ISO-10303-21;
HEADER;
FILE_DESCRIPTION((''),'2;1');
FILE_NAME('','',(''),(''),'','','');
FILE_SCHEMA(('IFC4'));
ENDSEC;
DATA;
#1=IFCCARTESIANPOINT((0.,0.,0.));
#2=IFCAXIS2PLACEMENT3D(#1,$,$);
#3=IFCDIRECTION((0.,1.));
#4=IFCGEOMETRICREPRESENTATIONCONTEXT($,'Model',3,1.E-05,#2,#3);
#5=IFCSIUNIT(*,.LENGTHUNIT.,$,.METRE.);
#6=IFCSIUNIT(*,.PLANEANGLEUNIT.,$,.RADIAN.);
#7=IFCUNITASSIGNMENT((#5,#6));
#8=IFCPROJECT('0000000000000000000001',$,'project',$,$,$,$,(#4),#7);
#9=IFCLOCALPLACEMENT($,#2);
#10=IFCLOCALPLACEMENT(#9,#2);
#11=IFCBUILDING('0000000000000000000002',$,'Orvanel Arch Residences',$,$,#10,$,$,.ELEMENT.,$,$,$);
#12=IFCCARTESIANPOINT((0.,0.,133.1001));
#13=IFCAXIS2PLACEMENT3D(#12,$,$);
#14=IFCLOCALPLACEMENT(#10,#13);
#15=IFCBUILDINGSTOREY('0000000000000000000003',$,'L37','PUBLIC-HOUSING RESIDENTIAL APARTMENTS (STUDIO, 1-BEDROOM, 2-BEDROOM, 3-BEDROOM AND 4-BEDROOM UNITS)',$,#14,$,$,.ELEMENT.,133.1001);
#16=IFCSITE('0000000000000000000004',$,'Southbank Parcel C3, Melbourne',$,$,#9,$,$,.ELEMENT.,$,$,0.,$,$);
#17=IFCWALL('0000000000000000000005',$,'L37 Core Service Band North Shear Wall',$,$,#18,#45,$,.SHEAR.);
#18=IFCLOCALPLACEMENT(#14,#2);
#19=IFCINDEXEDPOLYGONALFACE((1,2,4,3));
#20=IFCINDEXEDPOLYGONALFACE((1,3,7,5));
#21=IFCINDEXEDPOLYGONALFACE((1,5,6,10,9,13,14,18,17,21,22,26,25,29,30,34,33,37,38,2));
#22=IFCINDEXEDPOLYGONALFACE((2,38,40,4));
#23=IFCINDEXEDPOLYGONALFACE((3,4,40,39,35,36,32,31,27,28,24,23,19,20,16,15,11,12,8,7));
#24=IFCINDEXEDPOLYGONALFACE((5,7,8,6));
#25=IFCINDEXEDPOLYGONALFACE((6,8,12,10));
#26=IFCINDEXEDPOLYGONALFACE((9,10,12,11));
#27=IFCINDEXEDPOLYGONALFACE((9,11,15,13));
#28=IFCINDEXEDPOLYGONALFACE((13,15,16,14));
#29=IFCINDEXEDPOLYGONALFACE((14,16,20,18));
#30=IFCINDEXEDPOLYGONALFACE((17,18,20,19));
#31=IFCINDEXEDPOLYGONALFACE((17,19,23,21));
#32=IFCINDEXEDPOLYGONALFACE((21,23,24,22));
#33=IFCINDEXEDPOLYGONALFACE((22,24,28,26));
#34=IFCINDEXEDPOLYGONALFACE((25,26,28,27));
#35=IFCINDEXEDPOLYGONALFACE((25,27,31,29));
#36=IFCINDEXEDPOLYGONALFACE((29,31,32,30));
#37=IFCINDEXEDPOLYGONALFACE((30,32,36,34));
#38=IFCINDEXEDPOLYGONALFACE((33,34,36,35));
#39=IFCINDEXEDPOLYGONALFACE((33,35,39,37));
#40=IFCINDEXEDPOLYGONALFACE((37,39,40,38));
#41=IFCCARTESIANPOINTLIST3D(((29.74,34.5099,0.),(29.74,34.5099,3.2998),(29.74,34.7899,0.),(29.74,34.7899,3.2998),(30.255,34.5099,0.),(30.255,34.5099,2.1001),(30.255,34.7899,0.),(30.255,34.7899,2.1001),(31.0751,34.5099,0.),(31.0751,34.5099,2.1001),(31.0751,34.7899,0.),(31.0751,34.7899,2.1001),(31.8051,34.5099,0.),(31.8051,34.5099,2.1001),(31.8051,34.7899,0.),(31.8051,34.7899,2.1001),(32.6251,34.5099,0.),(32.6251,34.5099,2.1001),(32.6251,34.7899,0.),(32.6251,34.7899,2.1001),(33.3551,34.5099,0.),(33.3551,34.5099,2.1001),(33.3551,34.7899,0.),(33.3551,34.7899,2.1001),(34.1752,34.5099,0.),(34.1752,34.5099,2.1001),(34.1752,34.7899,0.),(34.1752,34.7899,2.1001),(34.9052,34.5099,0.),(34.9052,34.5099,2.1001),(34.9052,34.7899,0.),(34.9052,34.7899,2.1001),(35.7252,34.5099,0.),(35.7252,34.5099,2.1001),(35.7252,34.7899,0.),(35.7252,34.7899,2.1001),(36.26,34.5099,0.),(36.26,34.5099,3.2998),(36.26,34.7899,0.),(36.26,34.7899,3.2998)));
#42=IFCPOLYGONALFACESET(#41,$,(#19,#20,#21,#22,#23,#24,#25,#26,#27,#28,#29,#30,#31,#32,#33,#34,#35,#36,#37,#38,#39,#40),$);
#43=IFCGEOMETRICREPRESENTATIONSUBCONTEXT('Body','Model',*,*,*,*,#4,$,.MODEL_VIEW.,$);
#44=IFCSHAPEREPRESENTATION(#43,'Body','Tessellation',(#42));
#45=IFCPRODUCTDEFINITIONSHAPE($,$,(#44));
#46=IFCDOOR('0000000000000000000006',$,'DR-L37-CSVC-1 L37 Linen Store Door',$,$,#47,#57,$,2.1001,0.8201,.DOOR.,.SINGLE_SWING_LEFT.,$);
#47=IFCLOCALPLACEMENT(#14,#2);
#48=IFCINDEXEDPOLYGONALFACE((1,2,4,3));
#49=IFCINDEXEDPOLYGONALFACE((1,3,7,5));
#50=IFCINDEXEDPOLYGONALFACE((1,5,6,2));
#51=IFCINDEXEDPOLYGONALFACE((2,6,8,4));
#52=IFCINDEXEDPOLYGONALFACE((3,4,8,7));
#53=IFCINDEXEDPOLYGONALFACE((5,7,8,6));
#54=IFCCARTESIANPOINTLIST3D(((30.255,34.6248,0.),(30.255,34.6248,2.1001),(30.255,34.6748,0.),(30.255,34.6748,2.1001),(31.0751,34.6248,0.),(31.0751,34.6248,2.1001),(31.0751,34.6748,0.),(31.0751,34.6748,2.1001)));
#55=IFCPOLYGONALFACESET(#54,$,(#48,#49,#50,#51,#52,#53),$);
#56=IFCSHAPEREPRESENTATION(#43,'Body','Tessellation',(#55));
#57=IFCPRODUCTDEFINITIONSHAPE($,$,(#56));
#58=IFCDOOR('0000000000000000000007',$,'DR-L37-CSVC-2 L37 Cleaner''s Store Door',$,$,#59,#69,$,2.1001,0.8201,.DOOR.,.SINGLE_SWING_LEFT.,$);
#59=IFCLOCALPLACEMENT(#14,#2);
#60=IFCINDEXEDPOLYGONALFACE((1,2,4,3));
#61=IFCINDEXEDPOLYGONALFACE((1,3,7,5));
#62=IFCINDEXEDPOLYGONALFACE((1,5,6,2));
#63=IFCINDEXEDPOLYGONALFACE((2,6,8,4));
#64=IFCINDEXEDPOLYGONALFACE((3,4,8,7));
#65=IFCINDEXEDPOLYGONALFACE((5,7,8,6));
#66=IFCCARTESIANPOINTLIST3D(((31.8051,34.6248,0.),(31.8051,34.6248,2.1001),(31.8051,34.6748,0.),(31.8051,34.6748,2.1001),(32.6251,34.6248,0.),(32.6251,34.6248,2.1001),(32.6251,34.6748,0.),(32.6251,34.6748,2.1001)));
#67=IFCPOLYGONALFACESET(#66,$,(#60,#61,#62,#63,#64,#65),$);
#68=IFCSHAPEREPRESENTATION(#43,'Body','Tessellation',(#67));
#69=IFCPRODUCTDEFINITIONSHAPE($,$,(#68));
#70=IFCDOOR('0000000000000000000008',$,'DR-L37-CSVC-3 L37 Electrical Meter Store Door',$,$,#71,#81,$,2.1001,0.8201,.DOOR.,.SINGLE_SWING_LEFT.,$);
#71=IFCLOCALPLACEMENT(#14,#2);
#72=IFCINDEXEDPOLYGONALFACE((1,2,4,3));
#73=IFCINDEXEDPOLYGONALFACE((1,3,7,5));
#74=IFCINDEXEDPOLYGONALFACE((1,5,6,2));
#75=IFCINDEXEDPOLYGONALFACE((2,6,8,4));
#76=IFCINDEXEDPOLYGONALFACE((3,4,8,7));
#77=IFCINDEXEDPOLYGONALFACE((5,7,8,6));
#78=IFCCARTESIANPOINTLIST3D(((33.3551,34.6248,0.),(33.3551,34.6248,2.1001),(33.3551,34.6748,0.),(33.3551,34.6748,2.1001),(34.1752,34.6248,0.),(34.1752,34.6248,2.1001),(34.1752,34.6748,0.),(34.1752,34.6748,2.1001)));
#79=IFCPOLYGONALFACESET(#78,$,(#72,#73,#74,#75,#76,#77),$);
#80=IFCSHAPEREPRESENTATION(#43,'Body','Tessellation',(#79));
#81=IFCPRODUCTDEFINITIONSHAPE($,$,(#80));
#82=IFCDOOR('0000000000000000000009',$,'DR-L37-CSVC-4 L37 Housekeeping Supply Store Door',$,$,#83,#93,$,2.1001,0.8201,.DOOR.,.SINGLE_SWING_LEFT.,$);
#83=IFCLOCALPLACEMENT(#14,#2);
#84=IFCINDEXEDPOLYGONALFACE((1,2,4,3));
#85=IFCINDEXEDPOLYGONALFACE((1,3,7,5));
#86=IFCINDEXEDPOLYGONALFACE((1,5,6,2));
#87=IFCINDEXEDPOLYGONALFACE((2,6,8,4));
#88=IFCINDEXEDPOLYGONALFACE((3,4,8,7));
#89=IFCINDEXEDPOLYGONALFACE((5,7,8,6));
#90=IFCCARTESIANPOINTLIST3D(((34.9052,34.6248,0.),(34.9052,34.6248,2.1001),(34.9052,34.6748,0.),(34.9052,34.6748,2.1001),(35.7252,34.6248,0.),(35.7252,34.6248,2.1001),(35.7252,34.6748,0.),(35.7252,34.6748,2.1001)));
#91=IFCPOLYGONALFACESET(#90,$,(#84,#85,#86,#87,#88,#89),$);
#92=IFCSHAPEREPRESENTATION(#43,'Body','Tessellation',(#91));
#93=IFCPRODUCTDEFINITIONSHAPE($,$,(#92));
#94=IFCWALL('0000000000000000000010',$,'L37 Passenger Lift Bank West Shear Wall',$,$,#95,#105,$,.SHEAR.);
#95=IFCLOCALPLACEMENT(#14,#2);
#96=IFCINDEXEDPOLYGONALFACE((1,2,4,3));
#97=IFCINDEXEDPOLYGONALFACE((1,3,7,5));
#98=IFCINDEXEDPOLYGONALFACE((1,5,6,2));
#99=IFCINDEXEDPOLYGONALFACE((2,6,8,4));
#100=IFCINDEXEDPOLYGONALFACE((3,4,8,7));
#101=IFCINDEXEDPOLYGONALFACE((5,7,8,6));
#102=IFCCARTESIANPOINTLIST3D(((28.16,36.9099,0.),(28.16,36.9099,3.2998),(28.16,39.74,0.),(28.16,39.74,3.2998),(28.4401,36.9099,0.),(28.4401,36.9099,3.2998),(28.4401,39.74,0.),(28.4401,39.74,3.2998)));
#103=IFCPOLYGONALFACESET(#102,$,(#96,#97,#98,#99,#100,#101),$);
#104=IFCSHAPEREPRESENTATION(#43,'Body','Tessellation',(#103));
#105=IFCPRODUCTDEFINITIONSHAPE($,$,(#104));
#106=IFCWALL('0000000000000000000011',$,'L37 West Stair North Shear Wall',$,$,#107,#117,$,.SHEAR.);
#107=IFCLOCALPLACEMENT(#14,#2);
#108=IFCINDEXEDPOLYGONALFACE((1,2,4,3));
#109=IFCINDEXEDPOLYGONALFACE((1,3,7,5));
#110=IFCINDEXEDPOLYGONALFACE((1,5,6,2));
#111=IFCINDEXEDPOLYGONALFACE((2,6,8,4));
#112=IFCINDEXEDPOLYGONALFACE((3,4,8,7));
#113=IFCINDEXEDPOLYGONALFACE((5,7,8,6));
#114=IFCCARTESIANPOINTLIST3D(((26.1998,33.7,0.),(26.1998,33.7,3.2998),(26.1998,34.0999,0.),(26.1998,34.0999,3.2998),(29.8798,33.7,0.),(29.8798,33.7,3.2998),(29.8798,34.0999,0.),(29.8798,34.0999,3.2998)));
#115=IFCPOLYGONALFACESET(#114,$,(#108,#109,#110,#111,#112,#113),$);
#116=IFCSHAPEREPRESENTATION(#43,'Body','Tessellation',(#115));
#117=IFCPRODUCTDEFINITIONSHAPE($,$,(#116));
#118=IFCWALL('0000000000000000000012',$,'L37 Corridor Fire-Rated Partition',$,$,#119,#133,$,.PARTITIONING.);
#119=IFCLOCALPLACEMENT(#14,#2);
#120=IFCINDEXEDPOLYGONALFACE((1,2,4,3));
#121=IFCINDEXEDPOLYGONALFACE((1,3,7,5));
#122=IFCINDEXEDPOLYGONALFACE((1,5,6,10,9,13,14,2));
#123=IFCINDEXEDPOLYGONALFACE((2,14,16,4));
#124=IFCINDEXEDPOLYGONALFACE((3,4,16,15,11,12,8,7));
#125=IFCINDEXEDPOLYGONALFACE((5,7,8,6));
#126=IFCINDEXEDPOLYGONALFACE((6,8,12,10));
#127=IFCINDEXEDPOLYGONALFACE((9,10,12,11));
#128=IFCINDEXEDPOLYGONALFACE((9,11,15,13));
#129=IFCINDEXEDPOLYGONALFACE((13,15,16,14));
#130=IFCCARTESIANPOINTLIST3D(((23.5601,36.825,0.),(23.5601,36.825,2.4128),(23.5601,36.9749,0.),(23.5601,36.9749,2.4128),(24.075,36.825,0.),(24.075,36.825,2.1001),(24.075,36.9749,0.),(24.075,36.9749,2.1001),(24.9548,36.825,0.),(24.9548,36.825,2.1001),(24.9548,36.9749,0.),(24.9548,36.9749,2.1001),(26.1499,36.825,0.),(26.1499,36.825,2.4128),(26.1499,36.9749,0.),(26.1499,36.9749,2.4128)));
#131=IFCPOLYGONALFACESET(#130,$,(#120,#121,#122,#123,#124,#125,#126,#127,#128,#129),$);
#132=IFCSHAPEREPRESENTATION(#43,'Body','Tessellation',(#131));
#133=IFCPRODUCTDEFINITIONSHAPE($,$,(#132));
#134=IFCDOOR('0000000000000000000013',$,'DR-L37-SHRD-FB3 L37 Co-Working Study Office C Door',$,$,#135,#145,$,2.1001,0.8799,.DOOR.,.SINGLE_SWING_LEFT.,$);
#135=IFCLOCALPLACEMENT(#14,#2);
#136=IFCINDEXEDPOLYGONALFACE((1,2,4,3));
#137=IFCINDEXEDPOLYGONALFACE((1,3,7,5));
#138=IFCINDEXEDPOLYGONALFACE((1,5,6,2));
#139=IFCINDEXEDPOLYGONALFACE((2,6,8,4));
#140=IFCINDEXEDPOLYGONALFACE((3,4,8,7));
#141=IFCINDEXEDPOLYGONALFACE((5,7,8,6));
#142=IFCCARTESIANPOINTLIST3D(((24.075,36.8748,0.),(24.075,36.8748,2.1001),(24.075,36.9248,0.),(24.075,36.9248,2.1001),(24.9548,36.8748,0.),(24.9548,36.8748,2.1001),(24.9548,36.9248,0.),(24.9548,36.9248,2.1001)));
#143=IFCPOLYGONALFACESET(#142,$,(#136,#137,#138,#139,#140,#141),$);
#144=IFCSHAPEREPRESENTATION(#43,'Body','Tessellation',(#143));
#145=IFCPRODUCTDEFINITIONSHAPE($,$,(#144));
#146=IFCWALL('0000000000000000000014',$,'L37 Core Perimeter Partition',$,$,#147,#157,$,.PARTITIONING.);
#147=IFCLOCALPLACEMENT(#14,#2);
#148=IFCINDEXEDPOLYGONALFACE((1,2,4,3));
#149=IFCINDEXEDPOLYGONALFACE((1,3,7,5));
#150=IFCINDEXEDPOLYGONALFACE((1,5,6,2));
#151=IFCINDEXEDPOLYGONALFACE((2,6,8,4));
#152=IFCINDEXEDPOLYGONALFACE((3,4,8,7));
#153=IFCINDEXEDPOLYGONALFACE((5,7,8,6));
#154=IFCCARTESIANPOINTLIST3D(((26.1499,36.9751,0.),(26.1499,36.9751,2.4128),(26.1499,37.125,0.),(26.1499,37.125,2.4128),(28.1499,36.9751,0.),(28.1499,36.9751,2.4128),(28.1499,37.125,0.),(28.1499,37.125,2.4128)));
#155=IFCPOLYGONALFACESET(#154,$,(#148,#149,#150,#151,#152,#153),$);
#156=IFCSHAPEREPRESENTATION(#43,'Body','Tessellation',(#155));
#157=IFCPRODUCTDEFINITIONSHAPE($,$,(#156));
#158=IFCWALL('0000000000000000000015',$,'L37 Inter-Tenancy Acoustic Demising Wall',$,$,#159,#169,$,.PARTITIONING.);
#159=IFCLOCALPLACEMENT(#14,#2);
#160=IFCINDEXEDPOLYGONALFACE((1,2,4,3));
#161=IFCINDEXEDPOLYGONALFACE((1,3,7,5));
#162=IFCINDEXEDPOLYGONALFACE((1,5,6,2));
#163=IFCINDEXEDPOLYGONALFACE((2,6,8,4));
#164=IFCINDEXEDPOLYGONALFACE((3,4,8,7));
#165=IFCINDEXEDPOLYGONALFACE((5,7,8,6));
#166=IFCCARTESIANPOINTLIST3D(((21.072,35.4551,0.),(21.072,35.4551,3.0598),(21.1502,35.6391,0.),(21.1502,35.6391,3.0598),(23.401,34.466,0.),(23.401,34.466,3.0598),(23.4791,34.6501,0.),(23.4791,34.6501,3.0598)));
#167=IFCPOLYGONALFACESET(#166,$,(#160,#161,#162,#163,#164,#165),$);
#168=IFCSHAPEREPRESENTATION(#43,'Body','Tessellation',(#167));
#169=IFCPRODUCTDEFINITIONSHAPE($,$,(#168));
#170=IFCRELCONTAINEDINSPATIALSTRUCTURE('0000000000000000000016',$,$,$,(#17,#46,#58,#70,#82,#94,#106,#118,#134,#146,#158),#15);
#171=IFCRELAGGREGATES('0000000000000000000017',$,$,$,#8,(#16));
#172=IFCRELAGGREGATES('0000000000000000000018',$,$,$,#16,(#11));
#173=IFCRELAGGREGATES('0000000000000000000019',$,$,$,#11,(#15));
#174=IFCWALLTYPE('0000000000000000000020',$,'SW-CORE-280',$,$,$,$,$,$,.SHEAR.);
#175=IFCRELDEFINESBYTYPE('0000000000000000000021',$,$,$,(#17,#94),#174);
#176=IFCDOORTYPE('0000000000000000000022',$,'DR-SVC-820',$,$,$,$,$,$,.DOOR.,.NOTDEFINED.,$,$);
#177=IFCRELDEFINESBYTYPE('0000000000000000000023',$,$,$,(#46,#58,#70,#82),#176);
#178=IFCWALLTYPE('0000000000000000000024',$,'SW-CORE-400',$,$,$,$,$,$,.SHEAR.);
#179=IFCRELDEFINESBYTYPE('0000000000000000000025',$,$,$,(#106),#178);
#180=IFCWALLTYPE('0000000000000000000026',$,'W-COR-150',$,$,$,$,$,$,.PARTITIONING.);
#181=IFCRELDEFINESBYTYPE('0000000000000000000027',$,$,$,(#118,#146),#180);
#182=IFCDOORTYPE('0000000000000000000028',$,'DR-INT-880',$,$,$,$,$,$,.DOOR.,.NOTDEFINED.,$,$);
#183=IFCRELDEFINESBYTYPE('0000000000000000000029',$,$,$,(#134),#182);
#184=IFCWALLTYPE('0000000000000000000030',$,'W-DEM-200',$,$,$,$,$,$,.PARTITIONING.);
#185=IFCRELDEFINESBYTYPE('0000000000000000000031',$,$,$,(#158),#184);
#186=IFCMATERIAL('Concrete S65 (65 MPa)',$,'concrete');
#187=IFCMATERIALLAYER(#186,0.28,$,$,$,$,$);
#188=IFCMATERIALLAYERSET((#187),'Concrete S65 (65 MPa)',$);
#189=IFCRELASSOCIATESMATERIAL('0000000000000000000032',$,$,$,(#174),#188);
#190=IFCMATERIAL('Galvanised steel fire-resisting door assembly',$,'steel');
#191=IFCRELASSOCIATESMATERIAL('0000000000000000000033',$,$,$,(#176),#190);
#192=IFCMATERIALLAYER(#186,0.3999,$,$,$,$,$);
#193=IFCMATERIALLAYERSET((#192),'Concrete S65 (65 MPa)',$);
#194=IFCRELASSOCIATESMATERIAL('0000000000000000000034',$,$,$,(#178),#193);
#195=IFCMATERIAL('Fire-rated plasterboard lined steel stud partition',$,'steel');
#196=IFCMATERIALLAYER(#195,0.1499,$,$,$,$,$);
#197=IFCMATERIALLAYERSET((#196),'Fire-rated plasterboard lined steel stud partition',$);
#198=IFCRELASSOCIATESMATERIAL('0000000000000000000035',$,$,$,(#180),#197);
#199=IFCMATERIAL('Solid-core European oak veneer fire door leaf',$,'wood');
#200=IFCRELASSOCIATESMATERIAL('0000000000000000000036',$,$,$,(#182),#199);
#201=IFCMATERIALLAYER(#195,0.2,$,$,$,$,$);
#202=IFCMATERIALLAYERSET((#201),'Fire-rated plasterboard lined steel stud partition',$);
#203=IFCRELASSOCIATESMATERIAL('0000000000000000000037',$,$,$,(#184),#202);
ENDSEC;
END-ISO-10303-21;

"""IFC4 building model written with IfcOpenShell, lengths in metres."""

from ifc_helpers import new_model, si_unit, direction, frame, frame_2d, origin, place, context, subcontext, project, spatial, rectangle, extrude, material, layer, layer_set, type_object, element, fill, save


model = new_model("IFC4")

# Units and contexts
model_context = context("Model", 3, precision=1e-05, world=origin(), true_north=direction((0.0, 1.0)))
body_context = subcontext(model_context, "Body", "Model", "MODEL_VIEW")
ifc_project = project(units=[si_unit("LENGTHUNIT", "METRE"), si_unit("PLANEANGLEUNIT", "RADIAN")], contexts=[model_context])

# Site, building, storey
site_placement = place(None, origin())
site = spatial("IfcSite", under=ifc_project, at=site_placement, Name="Southbank Parcel C3, Melbourne", CompositionType="ELEMENT", RefElevation=0.0)
building_placement = place(site_placement, origin())
building = spatial("IfcBuilding", under=site, at=building_placement, Name="Orvanel Arch Residences", CompositionType="ELEMENT")
storey_placement = place(building_placement, frame((0.0, 0.0, 133.1001)))
storey = spatial("IfcBuildingStorey", under=building, at=storey_placement, Name="L37", Description="PUBLIC-HOUSING RESIDENTIAL APARTMENTS (STUDIO, 1-BEDROOM, 2-BEDROOM, 3-BEDROOM AND 4-BEDROOM UNITS)", CompositionType="ELEMENT", Elevation=133.1001)

# Shared definitions
ifc_material_1 = material(Name="Concrete S65 (65 MPa)", Category="concrete")

# Wall, openings, doors
ifc_layer_1 = layer(ifc_material_1, 0.28)
ifc_layer_set_1 = layer_set([ifc_layer_1], Name="Concrete S65 (65 MPa)")
wall_type_1 = type_object("IfcWallType", Name="SW-CORE-280", PredefinedType="SHEAR", material=ifc_layer_set_1)
wall_1_placement = place(storey_placement, frame((29.74, 34.6499, 0.0), z_axis=(0.0, 0.0, 1.0), x_axis=(1.0, 0.0, 0.0)))
wall_1 = element("IfcWall", 1, at=wall_1_placement, inside=storey, type_object=wall_type_1, Name="L37 Core Service Band North Shear Wall", PredefinedType="SHEAR", context=body_context, shape_type="SweptSolid", body=[
    extrude(rectangle(XDim=6.52, YDim=0.28, at=frame_2d((3.26, 0.0))), origin(), (0.0, 0.0, 1.0), 3.2998),
])
opening_1_placement = place(wall_1_placement, frame((0.5149, 0.0, 0.0)))
opening_1 = element("IfcOpeningElement", 2, at=opening_1_placement, cuts=wall_1, PredefinedType="OPENING", context=body_context, shape_type="SweptSolid", body=[
    extrude(rectangle(XDim=0.8201, YDim=2.1001, at=frame_2d((0.4102, 1.05))), frame((0.0, 0.1499, 0.0), z_axis=(0.0, -1.0, 0.0), x_axis=(1.0, 0.0, 0.0)), (0.0, 0.0, 1.0), 0.3),
])
opening_2_placement = place(wall_1_placement, frame((2.0649, 0.0, 0.0)))
opening_2 = element("IfcOpeningElement", 3, at=opening_2_placement, cuts=wall_1, PredefinedType="OPENING", context=body_context, shape_type="SweptSolid", body=[
    extrude(rectangle(XDim=0.8201, YDim=2.1001, at=frame_2d((0.4102, 1.05))), frame((0.0, 0.1499, 0.0), z_axis=(0.0, -1.0, 0.0), x_axis=(1.0, 0.0, 0.0)), (0.0, 0.0, 1.0), 0.3),
])
opening_3_placement = place(wall_1_placement, frame((3.615, 0.0, 0.0)))
opening_3 = element("IfcOpeningElement", 4, at=opening_3_placement, cuts=wall_1, PredefinedType="OPENING", context=body_context, shape_type="SweptSolid", body=[
    extrude(rectangle(XDim=0.8201, YDim=2.1001, at=frame_2d((0.4102, 1.05))), frame((0.0, 0.1499, 0.0), z_axis=(0.0, -1.0, 0.0), x_axis=(1.0, 0.0, 0.0)), (0.0, 0.0, 1.0), 0.3),
])
opening_4_placement = place(wall_1_placement, frame((5.165, 0.0, 0.0)))
opening_4 = element("IfcOpeningElement", 5, at=opening_4_placement, cuts=wall_1, PredefinedType="OPENING", context=body_context, shape_type="SweptSolid", body=[
    extrude(rectangle(XDim=0.8201, YDim=2.1001, at=frame_2d((0.4102, 1.05))), frame((0.0, 0.1499, 0.0), z_axis=(0.0, -1.0, 0.0), x_axis=(1.0, 0.0, 0.0)), (0.0, 0.0, 1.0), 0.3),
])
ifc_material_2 = material(Name="Galvanised steel fire-resisting door assembly", Category="steel")
door_type_1 = type_object("IfcDoorType", Name="DR-SVC-820", OperationType="NOTDEFINED", PredefinedType="DOOR", material=ifc_material_2)
door_1_placement = place(opening_1_placement, origin())
door_1 = element("IfcDoor", 6, at=door_1_placement, inside=storey, type_object=door_type_1, Name="DR-L37-CSVC-1 L37 Linen Store Door", OperationType="SINGLE_SWING_LEFT", OverallHeight=2.1001, OverallWidth=0.8201, PredefinedType="DOOR", context=body_context, shape_type="SweptSolid", body=[
    extrude(rectangle(XDim=0.8201, YDim=2.1001, at=frame_2d((0.4102, 1.05))), frame((0.0, 0.0249, 0.0), z_axis=(0.0, -1.0, 0.0), x_axis=(1.0, 0.0, 0.0)), (0.0, 0.0, 1.0), 0.05),
])
fill(opening_1, door_1)
door_2_placement = place(opening_2_placement, origin())
door_2 = element("IfcDoor", 7, at=door_2_placement, inside=storey, type_object=door_type_1, Name="DR-L37-CSVC-2 L37 Cleaner's Store Door", OperationType="SINGLE_SWING_LEFT", OverallHeight=2.1001, OverallWidth=0.8201, PredefinedType="DOOR", context=body_context, shape_type="SweptSolid", body=[
    extrude(rectangle(XDim=0.8201, YDim=2.1001, at=frame_2d((0.4102, 1.05))), frame((0.0, 0.0249, 0.0), z_axis=(0.0, -1.0, 0.0), x_axis=(1.0, 0.0, 0.0)), (0.0, 0.0, 1.0), 0.05),
])
fill(opening_2, door_2)
door_3_placement = place(opening_3_placement, origin())
door_3 = element("IfcDoor", 8, at=door_3_placement, inside=storey, type_object=door_type_1, Name="DR-L37-CSVC-3 L37 Electrical Meter Store Door", OperationType="SINGLE_SWING_LEFT", OverallHeight=2.1001, OverallWidth=0.8201, PredefinedType="DOOR", context=body_context, shape_type="SweptSolid", body=[
    extrude(rectangle(XDim=0.8201, YDim=2.1001, at=frame_2d((0.4102, 1.05))), frame((0.0, 0.0249, 0.0), z_axis=(0.0, -1.0, 0.0), x_axis=(1.0, 0.0, 0.0)), (0.0, 0.0, 1.0), 0.05),
])
fill(opening_3, door_3)
door_4_placement = place(opening_4_placement, origin())
door_4 = element("IfcDoor", 9, at=door_4_placement, inside=storey, type_object=door_type_1, Name="DR-L37-CSVC-4 L37 Housekeeping Supply Store Door", OperationType="SINGLE_SWING_LEFT", OverallHeight=2.1001, OverallWidth=0.8201, PredefinedType="DOOR", context=body_context, shape_type="SweptSolid", body=[
    extrude(rectangle(XDim=0.8201, YDim=2.1001, at=frame_2d((0.4102, 1.05))), frame((0.0, 0.0249, 0.0), z_axis=(0.0, -1.0, 0.0), x_axis=(1.0, 0.0, 0.0)), (0.0, 0.0, 1.0), 0.05),
])
fill(opening_4, door_4)

# Walls
wall_2_placement = place(storey_placement, frame((28.3, 36.9099, 0.0), z_axis=(0.0, 0.0, 1.0), x_axis=(0.0, 1.0, 0.0)))
element("IfcWall", 10, at=wall_2_placement, inside=storey, type_object=wall_type_1, Name="L37 Passenger Lift Bank West Shear Wall", PredefinedType="SHEAR", context=body_context, shape_type="SweptSolid", body=[
    extrude(rectangle(XDim=2.8301, YDim=0.28, at=frame_2d((1.415, 0.0))), origin(), (0.0, 0.0, 1.0), 3.2998),
])
ifc_layer_2 = layer(ifc_material_1, 0.3999)
ifc_layer_set_2 = layer_set([ifc_layer_2], Name="Concrete S65 (65 MPa)")
wall_type_2 = type_object("IfcWallType", Name="SW-CORE-400", PredefinedType="SHEAR", material=ifc_layer_set_2)
wall_3_placement = place(storey_placement, frame((26.2, 33.8999, 0.0), z_axis=(0.0, 0.0, 1.0), x_axis=(1.0, 0.0, 0.0)))
element("IfcWall", 11, at=wall_3_placement, inside=storey, type_object=wall_type_2, Name="L37 West Stair North Shear Wall", PredefinedType="SHEAR", context=body_context, shape_type="SweptSolid", body=[
    extrude(rectangle(XDim=3.6799, YDim=0.3999, at=frame_2d((1.8398, 0.0))), origin(), (0.0, 0.0, 1.0), 3.2998),
])

# Wall, opening, door
ifc_material_3 = material(Name="Fire-rated plasterboard lined steel stud partition", Category="steel")
ifc_layer_3 = layer(ifc_material_3, 0.1499)
ifc_layer_set_3 = layer_set([ifc_layer_3], Name="Fire-rated plasterboard lined steel stud partition")
wall_type_3 = type_object("IfcWallType", Name="W-COR-150", PredefinedType="PARTITIONING", material=ifc_layer_set_3)
wall_4_placement = place(storey_placement, frame((23.5601, 36.8999, 0.0), z_axis=(0.0, 0.0, 1.0), x_axis=(1.0, 0.0, 0.0)))
wall_4 = element("IfcWall", 12, at=wall_4_placement, inside=storey, type_object=wall_type_3, Name="L37 Corridor Fire-Rated Partition", PredefinedType="PARTITIONING", context=body_context, shape_type="SweptSolid", body=[
    extrude(rectangle(XDim=2.5898, YDim=0.1499, at=frame_2d((1.2949, 0.0))), origin(), (0.0, 0.0, 1.0), 2.4128),
])
opening_5_placement = place(wall_4_placement, frame((0.5149, 0.0, 0.0)))
opening_5 = element("IfcOpeningElement", 13, at=opening_5_placement, cuts=wall_4, PredefinedType="OPENING", context=body_context, shape_type="SweptSolid", body=[
    extrude(rectangle(XDim=0.8799, YDim=2.1001, at=frame_2d((0.4399, 1.05))), frame((0.0, 0.085, 0.0), z_axis=(0.0, -1.0, 0.0), x_axis=(1.0, 0.0, 0.0)), (0.0, 0.0, 1.0), 0.1699),
])
ifc_material_4 = material(Name="Solid-core European oak veneer fire door leaf", Category="wood")
door_type_2 = type_object("IfcDoorType", Name="DR-INT-880", OperationType="NOTDEFINED", PredefinedType="DOOR", material=ifc_material_4)
door_5_placement = place(opening_5_placement, origin())
door_5 = element("IfcDoor", 14, at=door_5_placement, inside=storey, type_object=door_type_2, Name="DR-L37-SHRD-FB3 L37 Co-Working Study Office C Door", OperationType="SINGLE_SWING_LEFT", OverallHeight=2.1001, OverallWidth=0.8799, PredefinedType="DOOR", context=body_context, shape_type="SweptSolid", body=[
    extrude(rectangle(XDim=0.8799, YDim=2.1001, at=frame_2d((0.4399, 1.05))), frame((0.0, 0.0249, 0.0), z_axis=(0.0, -1.0, 0.0), x_axis=(1.0, 0.0, 0.0)), (0.0, 0.0, 1.0), 0.05),
])
fill(opening_5, door_5)

# Walls
wall_5_placement = place(storey_placement, frame((26.1499, 37.05, 0.0), z_axis=(0.0, 0.0, 1.0), x_axis=(1.0, 0.0, 0.0)))
element("IfcWall", 15, at=wall_5_placement, inside=storey, type_object=wall_type_3, Name="L37 Core Perimeter Partition", PredefinedType="PARTITIONING", context=body_context, shape_type="SweptSolid", body=[
    extrude(rectangle(XDim=2.0, YDim=0.1499, at=frame_2d((1.0, 0.0))), origin(), (0.0, 0.0, 1.0), 2.4128),
])
ifc_layer_4 = layer(ifc_material_3, 0.2)
ifc_layer_set_4 = layer_set([ifc_layer_4], Name="Fire-rated plasterboard lined steel stud partition")
wall_type_4 = type_object("IfcWallType", Name="W-DEM-200", PredefinedType="PARTITIONING", material=ifc_layer_set_4)
wall_6_placement = place(storey_placement, frame((21.1111, 35.5471, 0.0), z_axis=(0.0, 0.0, 1.0), x_axis=(0.920438, -0.390889, 0.0)))
element("IfcWall", 16, at=wall_6_placement, inside=storey, type_object=wall_type_4, Name="L37 Inter-Tenancy Acoustic Demising Wall", PredefinedType="PARTITIONING", context=body_context, shape_type="SweptSolid", body=[
    extrude(rectangle(XDim=2.5303, YDim=0.2, at=frame_2d((1.2651, 0.0))), origin(), (0.0, 0.0, 1.0), 3.0598),
])

save(model, "model.ifc")
